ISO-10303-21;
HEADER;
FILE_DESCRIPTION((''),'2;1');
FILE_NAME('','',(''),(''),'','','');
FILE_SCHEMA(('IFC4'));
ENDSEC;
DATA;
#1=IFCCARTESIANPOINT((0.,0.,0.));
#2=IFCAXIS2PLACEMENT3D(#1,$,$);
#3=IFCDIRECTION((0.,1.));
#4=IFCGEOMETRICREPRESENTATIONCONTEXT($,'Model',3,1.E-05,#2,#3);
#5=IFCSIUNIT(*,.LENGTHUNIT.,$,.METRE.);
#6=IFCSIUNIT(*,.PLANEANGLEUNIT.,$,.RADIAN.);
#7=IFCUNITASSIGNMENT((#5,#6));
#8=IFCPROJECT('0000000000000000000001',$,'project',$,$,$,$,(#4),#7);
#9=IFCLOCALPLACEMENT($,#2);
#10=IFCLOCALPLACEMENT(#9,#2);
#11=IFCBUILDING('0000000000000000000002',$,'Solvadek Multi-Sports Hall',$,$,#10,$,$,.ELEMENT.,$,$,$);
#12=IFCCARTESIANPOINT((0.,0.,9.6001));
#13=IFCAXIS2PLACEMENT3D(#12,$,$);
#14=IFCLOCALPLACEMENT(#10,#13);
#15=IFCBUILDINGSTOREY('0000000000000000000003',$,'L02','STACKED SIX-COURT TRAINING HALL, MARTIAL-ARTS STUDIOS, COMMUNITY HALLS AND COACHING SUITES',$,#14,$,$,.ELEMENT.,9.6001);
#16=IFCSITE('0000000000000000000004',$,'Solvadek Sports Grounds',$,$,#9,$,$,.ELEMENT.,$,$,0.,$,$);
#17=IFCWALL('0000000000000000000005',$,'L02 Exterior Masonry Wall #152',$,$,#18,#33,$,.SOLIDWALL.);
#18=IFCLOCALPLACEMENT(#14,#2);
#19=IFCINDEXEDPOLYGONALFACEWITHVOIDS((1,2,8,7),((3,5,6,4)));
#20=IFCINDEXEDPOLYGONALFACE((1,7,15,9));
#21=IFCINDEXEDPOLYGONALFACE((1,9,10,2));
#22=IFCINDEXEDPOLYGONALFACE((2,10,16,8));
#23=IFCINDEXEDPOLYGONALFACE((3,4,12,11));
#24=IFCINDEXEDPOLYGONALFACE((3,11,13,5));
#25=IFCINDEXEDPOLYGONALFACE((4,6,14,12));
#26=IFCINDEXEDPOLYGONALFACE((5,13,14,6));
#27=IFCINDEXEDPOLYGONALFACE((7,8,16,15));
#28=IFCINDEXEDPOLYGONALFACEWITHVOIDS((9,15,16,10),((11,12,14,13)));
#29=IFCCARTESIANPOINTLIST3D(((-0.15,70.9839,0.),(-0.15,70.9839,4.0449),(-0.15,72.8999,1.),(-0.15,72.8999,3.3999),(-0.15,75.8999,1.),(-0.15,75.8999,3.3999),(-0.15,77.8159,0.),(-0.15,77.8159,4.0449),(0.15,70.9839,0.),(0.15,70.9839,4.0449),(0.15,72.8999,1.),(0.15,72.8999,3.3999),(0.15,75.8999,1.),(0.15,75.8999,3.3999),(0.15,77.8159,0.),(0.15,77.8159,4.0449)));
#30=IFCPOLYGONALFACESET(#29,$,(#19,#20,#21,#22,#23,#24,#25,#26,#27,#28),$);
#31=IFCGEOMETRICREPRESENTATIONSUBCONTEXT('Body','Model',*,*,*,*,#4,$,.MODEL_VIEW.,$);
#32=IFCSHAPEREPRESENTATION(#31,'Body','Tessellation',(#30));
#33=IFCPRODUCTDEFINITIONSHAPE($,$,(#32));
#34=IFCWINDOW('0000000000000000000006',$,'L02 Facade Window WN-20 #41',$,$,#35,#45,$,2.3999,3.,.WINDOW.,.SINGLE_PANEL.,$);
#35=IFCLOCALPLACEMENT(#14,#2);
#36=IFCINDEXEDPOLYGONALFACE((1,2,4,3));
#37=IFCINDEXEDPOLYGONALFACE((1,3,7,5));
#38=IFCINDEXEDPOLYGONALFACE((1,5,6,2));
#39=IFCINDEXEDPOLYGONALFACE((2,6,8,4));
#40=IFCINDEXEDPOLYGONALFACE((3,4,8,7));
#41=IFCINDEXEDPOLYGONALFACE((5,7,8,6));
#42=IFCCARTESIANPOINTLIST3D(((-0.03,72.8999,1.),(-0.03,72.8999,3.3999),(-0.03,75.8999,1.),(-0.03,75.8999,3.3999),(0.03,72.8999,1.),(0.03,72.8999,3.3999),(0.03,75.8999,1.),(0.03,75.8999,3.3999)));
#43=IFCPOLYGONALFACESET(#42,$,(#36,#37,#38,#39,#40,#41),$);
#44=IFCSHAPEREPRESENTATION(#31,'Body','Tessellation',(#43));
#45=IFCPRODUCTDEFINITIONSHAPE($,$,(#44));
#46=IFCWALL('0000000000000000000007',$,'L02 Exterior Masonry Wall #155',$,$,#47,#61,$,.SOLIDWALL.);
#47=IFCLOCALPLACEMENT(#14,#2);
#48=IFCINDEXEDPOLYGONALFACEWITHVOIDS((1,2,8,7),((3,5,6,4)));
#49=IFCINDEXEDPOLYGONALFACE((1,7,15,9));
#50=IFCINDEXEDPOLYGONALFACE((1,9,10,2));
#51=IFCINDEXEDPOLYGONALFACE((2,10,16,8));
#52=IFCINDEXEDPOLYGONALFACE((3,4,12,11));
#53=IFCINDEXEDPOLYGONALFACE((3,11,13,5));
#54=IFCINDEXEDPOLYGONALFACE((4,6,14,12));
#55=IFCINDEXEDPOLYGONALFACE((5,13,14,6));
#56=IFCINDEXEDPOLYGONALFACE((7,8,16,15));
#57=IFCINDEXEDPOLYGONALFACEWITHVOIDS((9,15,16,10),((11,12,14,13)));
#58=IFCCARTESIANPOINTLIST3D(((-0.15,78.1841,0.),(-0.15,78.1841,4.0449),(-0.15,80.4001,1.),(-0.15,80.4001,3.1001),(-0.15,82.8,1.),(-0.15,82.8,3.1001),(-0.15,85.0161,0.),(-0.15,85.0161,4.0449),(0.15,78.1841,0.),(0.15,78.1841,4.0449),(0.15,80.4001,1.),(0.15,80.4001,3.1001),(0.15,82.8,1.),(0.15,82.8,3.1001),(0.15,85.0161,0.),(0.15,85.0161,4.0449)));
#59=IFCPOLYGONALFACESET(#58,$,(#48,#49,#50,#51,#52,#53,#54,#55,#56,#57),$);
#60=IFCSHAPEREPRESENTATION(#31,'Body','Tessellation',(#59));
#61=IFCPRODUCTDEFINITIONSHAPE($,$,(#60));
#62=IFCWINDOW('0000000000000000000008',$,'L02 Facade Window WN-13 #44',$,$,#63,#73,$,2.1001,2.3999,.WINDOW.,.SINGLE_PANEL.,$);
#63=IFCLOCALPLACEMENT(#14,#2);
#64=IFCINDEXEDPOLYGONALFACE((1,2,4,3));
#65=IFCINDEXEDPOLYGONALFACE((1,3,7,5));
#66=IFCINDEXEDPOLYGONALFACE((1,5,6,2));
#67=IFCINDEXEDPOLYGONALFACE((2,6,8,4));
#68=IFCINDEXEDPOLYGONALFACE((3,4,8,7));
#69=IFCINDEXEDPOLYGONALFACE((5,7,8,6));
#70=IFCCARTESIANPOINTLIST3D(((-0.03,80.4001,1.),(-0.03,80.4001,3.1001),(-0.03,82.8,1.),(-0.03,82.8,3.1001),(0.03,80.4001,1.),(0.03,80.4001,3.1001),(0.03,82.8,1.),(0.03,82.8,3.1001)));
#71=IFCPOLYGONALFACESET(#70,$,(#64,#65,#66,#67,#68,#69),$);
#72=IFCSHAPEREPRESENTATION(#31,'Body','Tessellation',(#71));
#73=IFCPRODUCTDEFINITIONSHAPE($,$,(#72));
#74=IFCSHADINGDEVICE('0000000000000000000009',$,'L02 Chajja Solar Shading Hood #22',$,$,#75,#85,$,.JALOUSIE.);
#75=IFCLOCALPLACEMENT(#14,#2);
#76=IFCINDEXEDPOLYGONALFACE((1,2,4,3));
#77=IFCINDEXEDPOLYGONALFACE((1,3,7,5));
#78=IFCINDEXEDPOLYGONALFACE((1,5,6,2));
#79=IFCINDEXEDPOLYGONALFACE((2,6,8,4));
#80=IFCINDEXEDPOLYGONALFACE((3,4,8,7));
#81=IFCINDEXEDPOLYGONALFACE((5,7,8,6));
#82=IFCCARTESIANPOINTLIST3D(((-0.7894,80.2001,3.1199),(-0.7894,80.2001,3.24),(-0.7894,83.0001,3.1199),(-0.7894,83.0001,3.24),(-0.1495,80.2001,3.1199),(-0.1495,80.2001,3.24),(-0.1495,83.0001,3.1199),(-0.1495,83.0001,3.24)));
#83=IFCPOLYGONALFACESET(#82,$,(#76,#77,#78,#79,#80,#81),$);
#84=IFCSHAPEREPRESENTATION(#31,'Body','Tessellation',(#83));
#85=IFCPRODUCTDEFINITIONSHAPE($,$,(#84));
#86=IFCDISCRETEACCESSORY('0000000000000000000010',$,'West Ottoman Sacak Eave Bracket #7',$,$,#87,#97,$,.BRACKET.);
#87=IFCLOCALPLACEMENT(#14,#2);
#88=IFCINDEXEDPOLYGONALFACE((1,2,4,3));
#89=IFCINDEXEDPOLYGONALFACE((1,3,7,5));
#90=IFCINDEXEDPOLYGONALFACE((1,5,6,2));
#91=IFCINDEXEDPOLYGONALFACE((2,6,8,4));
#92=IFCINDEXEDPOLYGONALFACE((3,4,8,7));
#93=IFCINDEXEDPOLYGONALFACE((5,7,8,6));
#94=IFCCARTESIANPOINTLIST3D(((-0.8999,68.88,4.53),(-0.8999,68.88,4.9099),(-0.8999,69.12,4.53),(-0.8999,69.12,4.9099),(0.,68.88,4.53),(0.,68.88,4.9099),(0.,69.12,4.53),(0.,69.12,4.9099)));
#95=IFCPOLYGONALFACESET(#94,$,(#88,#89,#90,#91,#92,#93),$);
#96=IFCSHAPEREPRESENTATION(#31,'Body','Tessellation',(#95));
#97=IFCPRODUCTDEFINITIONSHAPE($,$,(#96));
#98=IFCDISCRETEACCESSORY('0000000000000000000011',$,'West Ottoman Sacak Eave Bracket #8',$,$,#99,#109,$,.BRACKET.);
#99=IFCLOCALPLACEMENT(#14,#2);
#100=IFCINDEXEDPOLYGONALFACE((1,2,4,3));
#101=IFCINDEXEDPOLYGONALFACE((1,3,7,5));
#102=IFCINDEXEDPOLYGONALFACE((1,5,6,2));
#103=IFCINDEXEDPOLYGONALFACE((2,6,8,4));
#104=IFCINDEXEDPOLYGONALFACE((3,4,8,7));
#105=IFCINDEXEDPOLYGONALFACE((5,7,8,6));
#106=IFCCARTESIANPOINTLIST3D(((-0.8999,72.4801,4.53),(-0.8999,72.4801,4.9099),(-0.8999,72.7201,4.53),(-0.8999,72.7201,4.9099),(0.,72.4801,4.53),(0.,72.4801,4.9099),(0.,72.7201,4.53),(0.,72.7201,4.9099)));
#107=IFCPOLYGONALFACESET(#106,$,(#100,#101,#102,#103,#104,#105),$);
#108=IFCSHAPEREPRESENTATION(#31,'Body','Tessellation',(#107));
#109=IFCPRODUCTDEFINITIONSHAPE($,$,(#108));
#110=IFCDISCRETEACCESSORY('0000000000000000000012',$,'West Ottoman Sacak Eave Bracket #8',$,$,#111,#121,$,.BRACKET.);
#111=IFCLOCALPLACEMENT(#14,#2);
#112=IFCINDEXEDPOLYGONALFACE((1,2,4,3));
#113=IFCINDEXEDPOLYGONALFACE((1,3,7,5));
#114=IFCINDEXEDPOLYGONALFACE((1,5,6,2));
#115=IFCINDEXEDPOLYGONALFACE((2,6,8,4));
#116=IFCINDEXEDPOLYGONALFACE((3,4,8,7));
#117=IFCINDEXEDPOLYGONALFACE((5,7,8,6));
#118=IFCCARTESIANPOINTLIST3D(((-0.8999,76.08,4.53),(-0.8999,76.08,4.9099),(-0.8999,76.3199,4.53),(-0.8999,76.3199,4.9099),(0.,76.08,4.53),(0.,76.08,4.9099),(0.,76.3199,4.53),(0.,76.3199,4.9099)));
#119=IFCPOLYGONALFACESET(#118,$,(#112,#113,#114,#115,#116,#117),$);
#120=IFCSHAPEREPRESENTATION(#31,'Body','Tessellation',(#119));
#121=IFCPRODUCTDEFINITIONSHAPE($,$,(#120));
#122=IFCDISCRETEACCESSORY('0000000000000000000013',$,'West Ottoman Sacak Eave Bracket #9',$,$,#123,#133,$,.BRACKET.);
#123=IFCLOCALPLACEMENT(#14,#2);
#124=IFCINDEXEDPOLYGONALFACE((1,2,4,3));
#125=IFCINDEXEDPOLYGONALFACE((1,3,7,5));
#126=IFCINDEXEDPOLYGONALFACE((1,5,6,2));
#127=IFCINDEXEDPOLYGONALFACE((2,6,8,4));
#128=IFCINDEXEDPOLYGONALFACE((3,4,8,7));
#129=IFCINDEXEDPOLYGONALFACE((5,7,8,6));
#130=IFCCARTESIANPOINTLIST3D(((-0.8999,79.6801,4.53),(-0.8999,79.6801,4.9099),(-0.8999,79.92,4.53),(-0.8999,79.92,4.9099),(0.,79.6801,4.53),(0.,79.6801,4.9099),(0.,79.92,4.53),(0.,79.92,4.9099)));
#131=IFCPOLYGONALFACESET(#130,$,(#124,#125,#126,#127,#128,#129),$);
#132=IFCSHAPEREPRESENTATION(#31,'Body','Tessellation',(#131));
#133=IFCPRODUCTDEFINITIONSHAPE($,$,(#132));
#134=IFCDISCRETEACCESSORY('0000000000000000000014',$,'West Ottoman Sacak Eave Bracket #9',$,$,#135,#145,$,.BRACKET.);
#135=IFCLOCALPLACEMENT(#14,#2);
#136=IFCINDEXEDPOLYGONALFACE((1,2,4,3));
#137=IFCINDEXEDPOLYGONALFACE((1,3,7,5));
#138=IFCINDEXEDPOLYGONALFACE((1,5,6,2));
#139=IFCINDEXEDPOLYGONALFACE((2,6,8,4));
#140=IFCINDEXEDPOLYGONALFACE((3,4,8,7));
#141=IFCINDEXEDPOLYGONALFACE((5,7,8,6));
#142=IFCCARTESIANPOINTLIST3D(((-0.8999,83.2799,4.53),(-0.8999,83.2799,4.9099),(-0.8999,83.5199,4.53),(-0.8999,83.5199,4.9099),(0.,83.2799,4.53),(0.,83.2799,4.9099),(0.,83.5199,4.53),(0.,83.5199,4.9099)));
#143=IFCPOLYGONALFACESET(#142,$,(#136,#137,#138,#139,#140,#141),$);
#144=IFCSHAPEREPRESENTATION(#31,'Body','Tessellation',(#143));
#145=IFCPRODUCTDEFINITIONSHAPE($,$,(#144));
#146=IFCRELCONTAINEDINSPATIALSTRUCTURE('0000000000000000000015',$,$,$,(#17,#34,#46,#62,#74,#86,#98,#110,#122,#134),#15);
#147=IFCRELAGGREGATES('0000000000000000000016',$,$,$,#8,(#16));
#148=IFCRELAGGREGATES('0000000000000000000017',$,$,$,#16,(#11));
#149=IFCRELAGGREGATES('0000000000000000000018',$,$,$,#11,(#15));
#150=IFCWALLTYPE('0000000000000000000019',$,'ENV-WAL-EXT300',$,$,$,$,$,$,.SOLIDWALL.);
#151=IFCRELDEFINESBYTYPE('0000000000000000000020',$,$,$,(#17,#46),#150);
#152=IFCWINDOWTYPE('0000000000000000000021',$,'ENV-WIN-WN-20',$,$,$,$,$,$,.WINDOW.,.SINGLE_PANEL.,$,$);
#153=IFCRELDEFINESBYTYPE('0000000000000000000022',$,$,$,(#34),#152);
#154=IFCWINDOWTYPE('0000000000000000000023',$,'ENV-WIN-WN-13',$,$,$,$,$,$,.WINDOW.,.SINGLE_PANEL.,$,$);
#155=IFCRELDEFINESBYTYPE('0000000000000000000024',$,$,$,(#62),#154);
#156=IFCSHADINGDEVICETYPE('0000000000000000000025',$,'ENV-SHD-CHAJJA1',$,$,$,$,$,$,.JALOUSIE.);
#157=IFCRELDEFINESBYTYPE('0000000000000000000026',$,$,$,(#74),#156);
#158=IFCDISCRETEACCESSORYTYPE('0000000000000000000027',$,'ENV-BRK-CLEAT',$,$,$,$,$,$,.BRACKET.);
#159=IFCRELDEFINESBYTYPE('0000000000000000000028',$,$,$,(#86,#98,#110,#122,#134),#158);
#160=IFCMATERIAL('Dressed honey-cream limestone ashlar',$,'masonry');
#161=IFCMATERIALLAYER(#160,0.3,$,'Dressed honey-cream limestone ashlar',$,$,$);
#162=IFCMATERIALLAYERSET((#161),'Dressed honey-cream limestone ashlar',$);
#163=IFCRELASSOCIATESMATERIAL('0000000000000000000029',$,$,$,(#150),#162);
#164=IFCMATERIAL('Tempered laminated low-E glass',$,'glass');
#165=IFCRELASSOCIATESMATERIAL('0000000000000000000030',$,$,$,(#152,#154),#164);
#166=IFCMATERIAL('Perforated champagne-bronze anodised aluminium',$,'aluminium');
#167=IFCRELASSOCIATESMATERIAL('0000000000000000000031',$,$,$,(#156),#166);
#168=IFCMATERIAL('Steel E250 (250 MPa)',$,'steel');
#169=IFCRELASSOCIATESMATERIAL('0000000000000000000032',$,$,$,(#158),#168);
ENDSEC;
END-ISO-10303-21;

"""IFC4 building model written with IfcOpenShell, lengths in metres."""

from ifc_helpers import new_model, si_unit, direction, frame, frame_2d, origin, origin_2d, place, context, subcontext, project, spatial, rectangle, extrude, material, layer, layer_set, type_object, element, fill, save


model = new_model("IFC4")

# Units and contexts
model_context = context("Model", 3, precision=1e-05, world=origin(), true_north=direction((0.0, 1.0)))
body_context = subcontext(model_context, "Body", "Model", "MODEL_VIEW")
ifc_project = project(units=[si_unit("LENGTHUNIT", "METRE"), si_unit("PLANEANGLEUNIT", "RADIAN")], contexts=[model_context])

# Site, building, storey
site_placement = place(None, origin())
site = spatial("IfcSite", under=ifc_project, at=site_placement, Name="Solvadek Sports Grounds", CompositionType="ELEMENT", RefElevation=0.0)
building_placement = place(site_placement, origin())
building = spatial("IfcBuilding", under=site, at=building_placement, Name="Solvadek Multi-Sports Hall", CompositionType="ELEMENT")
storey_placement = place(building_placement, frame((0.0, 0.0, 9.6001)))
storey = spatial("IfcBuildingStorey", under=building, at=storey_placement, Name="L02", Description="STACKED SIX-COURT TRAINING HALL, MARTIAL-ARTS STUDIOS, COMMUNITY HALLS AND COACHING SUITES", CompositionType="ELEMENT", Elevation=9.6001)

# Walls, openings, windows
ifc_material_1 = material(Name="Dressed honey-cream limestone ashlar", Category="masonry")
ifc_layer_1 = layer(ifc_material_1, 0.3, Name="Dressed honey-cream limestone ashlar")
ifc_layer_set_1 = layer_set([ifc_layer_1], Name="Dressed honey-cream limestone ashlar")
wall_type = type_object("IfcWallType", Name="ENV-WAL-EXT300", PredefinedType="SOLIDWALL", material=ifc_layer_set_1)
wall_1_placement = place(storey_placement, frame((0.0, 70.9839, 0.0), z_axis=(0.0, 0.0, 1.0), x_axis=(0.0, 1.0, 0.0)))
wall_1 = element("IfcWall", 1, at=wall_1_placement, inside=storey, type_object=wall_type, Name="L02 Exterior Masonry Wall #152", PredefinedType="SOLIDWALL", context=body_context, shape_type="SweptSolid", body=[
    extrude(rectangle(XDim=6.832, YDim=0.3, at=frame_2d((3.416, 0.0))), origin(), (0.0, 0.0, 1.0), 4.0449),
])
opening_1_placement = place(wall_1_placement, frame((1.916, 0.0, 1.0)))
opening_1 = element("IfcOpeningElement", 2, at=opening_1_placement, cuts=wall_1, PredefinedType="OPENING", context=body_context, shape_type="SweptSolid", body=[
    extrude(rectangle(XDim=3.0, YDim=2.3999, at=frame_2d((1.5, 1.2))), frame((0.0, 0.1599, 0.0), z_axis=(0.0, -1.0, 0.0), x_axis=(1.0, 0.0, 0.0)), (0.0, 0.0, 1.0), 0.3201),
])
ifc_material_2 = material(Name="Tempered laminated low-E glass", Category="glass")
window_type_1 = type_object("IfcWindowType", Name="ENV-WIN-WN-20", PartitioningType="SINGLE_PANEL", PredefinedType="WINDOW", material=ifc_material_2)
window_1_placement = place(opening_1_placement, origin())
window_1 = element("IfcWindow", 3, at=window_1_placement, inside=storey, type_object=window_type_1, Name="L02 Facade Window WN-20 #41", OverallHeight=2.3999, OverallWidth=3.0, PartitioningType="SINGLE_PANEL", PredefinedType="WINDOW", context=body_context, shape_type="SweptSolid", body=[
    extrude(rectangle(XDim=3.0, YDim=2.3999, at=frame_2d((1.5, 1.2))), frame((0.0, 0.03, 0.0), z_axis=(0.0, -1.0, 0.0), x_axis=(1.0, 0.0, 0.0)), (0.0, 0.0, 1.0), 0.0601),
])
fill(opening_1, window_1)
wall_2_placement = place(storey_placement, frame((0.0, 78.1841, 0.0), z_axis=(0.0, 0.0, 1.0), x_axis=(0.0, 1.0, 0.0)))
wall_2 = element("IfcWall", 4, at=wall_2_placement, inside=storey, type_object=wall_type, Name="L02 Exterior Masonry Wall #155", PredefinedType="SOLIDWALL", context=body_context, shape_type="SweptSolid", body=[
    extrude(rectangle(XDim=6.832, YDim=0.3, at=frame_2d((3.416, 0.0))), origin(), (0.0, 0.0, 1.0), 4.0449),
])
opening_2_placement = place(wall_2_placement, frame((2.2161, 0.0, 1.0)))
opening_2 = element("IfcOpeningElement", 5, at=opening_2_placement, cuts=wall_2, PredefinedType="OPENING", context=body_context, shape_type="SweptSolid", body=[
    extrude(rectangle(XDim=2.3999, YDim=2.1001, at=frame_2d((1.2, 1.05))), frame((0.0, 0.1599, 0.0), z_axis=(0.0, -1.0, 0.0), x_axis=(1.0, 0.0, 0.0)), (0.0, 0.0, 1.0), 0.3201),
])
window_type_2 = type_object("IfcWindowType", Name="ENV-WIN-WN-13", PartitioningType="SINGLE_PANEL", PredefinedType="WINDOW", material=ifc_material_2)
window_2_placement = place(opening_2_placement, origin())
window_2 = element("IfcWindow", 6, at=window_2_placement, inside=storey, type_object=window_type_2, Name="L02 Facade Window WN-13 #44", OverallHeight=2.1001, OverallWidth=2.3999, PartitioningType="SINGLE_PANEL", PredefinedType="WINDOW", context=body_context, shape_type="SweptSolid", body=[
    extrude(rectangle(XDim=2.3999, YDim=2.1001, at=frame_2d((1.2, 1.05))), frame((0.0, 0.03, 0.0), z_axis=(0.0, -1.0, 0.0), x_axis=(1.0, 0.0, 0.0)), (0.0, 0.0, 1.0), 0.0601),
])
fill(opening_2, window_2)

# Shading device
ifc_material_3 = material(Name="Perforated champagne-bronze anodised aluminium", Category="aluminium")
shading_device_type = type_object("IfcShadingDeviceType", Name="ENV-SHD-CHAJJA1", PredefinedType="JALOUSIE", material=ifc_material_3)
shading_device_placement = place(storey_placement, frame((-0.4695, 81.6001, 3.1199), z_axis=(0.0, 0.0, 1.0), x_axis=(0.0, 1.0, 0.0)))
element("IfcShadingDevice", 7, at=shading_device_placement, inside=storey, type_object=shading_device_type, Name="L02 Chajja Solar Shading Hood #22", PredefinedType="JALOUSIE", context=body_context, shape_type="SweptSolid", body=[
    extrude(rectangle(XDim=2.8, YDim=0.6399, at=origin_2d()), origin(), (0.0, 0.0, 1.0), 0.1201),
])

# Discrete accessories
ifc_material_4 = material(Name="Steel E250 (250 MPa)", Category="steel")
discrete_accessory_type = type_object("IfcDiscreteAccessoryType", Name="ENV-BRK-CLEAT", PredefinedType="BRACKET", material=ifc_material_4)
for number, where, z_axis, x_axis, name in (
    (8, (-0.45, 69.0, 4.53), (0.0, 0.0, 1.0), (1.0, 0.0, 0.0), "West Ottoman Sacak Eave Bracket #7"),
    (9, (-0.45, 72.6001, 4.53), (0.0, 0.0, 1.0), (1.0, 0.0, 0.0), "West Ottoman Sacak Eave Bracket #8"),
    (10, (-0.45, 76.2, 4.53), (0.0, 0.0, 1.0), (1.0, 0.0, 0.0), "West Ottoman Sacak Eave Bracket #8"),
    (11, (-0.45, 79.8, 4.53), (0.0, 0.0, 1.0), (1.0, 0.0, 0.0), "West Ottoman Sacak Eave Bracket #9"),
    (12, (-0.45, 83.3999, 4.53), (0.0, 0.0, 1.0), (1.0, 0.0, 0.0), "West Ottoman Sacak Eave Bracket #9"),
):
    element("IfcDiscreteAccessory", number, at=place(storey_placement, frame(where, z_axis=z_axis, x_axis=x_axis)), inside=storey, type_object=discrete_accessory_type, Name=name, PredefinedType="BRACKET", context=body_context, shape_type="SweptSolid", body=[
        extrude(rectangle(XDim=0.8999, YDim=0.24, at=origin_2d()), origin(), (0.0, 0.0, 1.0), 0.3799),
    ])

save(model, "model.ifc")
